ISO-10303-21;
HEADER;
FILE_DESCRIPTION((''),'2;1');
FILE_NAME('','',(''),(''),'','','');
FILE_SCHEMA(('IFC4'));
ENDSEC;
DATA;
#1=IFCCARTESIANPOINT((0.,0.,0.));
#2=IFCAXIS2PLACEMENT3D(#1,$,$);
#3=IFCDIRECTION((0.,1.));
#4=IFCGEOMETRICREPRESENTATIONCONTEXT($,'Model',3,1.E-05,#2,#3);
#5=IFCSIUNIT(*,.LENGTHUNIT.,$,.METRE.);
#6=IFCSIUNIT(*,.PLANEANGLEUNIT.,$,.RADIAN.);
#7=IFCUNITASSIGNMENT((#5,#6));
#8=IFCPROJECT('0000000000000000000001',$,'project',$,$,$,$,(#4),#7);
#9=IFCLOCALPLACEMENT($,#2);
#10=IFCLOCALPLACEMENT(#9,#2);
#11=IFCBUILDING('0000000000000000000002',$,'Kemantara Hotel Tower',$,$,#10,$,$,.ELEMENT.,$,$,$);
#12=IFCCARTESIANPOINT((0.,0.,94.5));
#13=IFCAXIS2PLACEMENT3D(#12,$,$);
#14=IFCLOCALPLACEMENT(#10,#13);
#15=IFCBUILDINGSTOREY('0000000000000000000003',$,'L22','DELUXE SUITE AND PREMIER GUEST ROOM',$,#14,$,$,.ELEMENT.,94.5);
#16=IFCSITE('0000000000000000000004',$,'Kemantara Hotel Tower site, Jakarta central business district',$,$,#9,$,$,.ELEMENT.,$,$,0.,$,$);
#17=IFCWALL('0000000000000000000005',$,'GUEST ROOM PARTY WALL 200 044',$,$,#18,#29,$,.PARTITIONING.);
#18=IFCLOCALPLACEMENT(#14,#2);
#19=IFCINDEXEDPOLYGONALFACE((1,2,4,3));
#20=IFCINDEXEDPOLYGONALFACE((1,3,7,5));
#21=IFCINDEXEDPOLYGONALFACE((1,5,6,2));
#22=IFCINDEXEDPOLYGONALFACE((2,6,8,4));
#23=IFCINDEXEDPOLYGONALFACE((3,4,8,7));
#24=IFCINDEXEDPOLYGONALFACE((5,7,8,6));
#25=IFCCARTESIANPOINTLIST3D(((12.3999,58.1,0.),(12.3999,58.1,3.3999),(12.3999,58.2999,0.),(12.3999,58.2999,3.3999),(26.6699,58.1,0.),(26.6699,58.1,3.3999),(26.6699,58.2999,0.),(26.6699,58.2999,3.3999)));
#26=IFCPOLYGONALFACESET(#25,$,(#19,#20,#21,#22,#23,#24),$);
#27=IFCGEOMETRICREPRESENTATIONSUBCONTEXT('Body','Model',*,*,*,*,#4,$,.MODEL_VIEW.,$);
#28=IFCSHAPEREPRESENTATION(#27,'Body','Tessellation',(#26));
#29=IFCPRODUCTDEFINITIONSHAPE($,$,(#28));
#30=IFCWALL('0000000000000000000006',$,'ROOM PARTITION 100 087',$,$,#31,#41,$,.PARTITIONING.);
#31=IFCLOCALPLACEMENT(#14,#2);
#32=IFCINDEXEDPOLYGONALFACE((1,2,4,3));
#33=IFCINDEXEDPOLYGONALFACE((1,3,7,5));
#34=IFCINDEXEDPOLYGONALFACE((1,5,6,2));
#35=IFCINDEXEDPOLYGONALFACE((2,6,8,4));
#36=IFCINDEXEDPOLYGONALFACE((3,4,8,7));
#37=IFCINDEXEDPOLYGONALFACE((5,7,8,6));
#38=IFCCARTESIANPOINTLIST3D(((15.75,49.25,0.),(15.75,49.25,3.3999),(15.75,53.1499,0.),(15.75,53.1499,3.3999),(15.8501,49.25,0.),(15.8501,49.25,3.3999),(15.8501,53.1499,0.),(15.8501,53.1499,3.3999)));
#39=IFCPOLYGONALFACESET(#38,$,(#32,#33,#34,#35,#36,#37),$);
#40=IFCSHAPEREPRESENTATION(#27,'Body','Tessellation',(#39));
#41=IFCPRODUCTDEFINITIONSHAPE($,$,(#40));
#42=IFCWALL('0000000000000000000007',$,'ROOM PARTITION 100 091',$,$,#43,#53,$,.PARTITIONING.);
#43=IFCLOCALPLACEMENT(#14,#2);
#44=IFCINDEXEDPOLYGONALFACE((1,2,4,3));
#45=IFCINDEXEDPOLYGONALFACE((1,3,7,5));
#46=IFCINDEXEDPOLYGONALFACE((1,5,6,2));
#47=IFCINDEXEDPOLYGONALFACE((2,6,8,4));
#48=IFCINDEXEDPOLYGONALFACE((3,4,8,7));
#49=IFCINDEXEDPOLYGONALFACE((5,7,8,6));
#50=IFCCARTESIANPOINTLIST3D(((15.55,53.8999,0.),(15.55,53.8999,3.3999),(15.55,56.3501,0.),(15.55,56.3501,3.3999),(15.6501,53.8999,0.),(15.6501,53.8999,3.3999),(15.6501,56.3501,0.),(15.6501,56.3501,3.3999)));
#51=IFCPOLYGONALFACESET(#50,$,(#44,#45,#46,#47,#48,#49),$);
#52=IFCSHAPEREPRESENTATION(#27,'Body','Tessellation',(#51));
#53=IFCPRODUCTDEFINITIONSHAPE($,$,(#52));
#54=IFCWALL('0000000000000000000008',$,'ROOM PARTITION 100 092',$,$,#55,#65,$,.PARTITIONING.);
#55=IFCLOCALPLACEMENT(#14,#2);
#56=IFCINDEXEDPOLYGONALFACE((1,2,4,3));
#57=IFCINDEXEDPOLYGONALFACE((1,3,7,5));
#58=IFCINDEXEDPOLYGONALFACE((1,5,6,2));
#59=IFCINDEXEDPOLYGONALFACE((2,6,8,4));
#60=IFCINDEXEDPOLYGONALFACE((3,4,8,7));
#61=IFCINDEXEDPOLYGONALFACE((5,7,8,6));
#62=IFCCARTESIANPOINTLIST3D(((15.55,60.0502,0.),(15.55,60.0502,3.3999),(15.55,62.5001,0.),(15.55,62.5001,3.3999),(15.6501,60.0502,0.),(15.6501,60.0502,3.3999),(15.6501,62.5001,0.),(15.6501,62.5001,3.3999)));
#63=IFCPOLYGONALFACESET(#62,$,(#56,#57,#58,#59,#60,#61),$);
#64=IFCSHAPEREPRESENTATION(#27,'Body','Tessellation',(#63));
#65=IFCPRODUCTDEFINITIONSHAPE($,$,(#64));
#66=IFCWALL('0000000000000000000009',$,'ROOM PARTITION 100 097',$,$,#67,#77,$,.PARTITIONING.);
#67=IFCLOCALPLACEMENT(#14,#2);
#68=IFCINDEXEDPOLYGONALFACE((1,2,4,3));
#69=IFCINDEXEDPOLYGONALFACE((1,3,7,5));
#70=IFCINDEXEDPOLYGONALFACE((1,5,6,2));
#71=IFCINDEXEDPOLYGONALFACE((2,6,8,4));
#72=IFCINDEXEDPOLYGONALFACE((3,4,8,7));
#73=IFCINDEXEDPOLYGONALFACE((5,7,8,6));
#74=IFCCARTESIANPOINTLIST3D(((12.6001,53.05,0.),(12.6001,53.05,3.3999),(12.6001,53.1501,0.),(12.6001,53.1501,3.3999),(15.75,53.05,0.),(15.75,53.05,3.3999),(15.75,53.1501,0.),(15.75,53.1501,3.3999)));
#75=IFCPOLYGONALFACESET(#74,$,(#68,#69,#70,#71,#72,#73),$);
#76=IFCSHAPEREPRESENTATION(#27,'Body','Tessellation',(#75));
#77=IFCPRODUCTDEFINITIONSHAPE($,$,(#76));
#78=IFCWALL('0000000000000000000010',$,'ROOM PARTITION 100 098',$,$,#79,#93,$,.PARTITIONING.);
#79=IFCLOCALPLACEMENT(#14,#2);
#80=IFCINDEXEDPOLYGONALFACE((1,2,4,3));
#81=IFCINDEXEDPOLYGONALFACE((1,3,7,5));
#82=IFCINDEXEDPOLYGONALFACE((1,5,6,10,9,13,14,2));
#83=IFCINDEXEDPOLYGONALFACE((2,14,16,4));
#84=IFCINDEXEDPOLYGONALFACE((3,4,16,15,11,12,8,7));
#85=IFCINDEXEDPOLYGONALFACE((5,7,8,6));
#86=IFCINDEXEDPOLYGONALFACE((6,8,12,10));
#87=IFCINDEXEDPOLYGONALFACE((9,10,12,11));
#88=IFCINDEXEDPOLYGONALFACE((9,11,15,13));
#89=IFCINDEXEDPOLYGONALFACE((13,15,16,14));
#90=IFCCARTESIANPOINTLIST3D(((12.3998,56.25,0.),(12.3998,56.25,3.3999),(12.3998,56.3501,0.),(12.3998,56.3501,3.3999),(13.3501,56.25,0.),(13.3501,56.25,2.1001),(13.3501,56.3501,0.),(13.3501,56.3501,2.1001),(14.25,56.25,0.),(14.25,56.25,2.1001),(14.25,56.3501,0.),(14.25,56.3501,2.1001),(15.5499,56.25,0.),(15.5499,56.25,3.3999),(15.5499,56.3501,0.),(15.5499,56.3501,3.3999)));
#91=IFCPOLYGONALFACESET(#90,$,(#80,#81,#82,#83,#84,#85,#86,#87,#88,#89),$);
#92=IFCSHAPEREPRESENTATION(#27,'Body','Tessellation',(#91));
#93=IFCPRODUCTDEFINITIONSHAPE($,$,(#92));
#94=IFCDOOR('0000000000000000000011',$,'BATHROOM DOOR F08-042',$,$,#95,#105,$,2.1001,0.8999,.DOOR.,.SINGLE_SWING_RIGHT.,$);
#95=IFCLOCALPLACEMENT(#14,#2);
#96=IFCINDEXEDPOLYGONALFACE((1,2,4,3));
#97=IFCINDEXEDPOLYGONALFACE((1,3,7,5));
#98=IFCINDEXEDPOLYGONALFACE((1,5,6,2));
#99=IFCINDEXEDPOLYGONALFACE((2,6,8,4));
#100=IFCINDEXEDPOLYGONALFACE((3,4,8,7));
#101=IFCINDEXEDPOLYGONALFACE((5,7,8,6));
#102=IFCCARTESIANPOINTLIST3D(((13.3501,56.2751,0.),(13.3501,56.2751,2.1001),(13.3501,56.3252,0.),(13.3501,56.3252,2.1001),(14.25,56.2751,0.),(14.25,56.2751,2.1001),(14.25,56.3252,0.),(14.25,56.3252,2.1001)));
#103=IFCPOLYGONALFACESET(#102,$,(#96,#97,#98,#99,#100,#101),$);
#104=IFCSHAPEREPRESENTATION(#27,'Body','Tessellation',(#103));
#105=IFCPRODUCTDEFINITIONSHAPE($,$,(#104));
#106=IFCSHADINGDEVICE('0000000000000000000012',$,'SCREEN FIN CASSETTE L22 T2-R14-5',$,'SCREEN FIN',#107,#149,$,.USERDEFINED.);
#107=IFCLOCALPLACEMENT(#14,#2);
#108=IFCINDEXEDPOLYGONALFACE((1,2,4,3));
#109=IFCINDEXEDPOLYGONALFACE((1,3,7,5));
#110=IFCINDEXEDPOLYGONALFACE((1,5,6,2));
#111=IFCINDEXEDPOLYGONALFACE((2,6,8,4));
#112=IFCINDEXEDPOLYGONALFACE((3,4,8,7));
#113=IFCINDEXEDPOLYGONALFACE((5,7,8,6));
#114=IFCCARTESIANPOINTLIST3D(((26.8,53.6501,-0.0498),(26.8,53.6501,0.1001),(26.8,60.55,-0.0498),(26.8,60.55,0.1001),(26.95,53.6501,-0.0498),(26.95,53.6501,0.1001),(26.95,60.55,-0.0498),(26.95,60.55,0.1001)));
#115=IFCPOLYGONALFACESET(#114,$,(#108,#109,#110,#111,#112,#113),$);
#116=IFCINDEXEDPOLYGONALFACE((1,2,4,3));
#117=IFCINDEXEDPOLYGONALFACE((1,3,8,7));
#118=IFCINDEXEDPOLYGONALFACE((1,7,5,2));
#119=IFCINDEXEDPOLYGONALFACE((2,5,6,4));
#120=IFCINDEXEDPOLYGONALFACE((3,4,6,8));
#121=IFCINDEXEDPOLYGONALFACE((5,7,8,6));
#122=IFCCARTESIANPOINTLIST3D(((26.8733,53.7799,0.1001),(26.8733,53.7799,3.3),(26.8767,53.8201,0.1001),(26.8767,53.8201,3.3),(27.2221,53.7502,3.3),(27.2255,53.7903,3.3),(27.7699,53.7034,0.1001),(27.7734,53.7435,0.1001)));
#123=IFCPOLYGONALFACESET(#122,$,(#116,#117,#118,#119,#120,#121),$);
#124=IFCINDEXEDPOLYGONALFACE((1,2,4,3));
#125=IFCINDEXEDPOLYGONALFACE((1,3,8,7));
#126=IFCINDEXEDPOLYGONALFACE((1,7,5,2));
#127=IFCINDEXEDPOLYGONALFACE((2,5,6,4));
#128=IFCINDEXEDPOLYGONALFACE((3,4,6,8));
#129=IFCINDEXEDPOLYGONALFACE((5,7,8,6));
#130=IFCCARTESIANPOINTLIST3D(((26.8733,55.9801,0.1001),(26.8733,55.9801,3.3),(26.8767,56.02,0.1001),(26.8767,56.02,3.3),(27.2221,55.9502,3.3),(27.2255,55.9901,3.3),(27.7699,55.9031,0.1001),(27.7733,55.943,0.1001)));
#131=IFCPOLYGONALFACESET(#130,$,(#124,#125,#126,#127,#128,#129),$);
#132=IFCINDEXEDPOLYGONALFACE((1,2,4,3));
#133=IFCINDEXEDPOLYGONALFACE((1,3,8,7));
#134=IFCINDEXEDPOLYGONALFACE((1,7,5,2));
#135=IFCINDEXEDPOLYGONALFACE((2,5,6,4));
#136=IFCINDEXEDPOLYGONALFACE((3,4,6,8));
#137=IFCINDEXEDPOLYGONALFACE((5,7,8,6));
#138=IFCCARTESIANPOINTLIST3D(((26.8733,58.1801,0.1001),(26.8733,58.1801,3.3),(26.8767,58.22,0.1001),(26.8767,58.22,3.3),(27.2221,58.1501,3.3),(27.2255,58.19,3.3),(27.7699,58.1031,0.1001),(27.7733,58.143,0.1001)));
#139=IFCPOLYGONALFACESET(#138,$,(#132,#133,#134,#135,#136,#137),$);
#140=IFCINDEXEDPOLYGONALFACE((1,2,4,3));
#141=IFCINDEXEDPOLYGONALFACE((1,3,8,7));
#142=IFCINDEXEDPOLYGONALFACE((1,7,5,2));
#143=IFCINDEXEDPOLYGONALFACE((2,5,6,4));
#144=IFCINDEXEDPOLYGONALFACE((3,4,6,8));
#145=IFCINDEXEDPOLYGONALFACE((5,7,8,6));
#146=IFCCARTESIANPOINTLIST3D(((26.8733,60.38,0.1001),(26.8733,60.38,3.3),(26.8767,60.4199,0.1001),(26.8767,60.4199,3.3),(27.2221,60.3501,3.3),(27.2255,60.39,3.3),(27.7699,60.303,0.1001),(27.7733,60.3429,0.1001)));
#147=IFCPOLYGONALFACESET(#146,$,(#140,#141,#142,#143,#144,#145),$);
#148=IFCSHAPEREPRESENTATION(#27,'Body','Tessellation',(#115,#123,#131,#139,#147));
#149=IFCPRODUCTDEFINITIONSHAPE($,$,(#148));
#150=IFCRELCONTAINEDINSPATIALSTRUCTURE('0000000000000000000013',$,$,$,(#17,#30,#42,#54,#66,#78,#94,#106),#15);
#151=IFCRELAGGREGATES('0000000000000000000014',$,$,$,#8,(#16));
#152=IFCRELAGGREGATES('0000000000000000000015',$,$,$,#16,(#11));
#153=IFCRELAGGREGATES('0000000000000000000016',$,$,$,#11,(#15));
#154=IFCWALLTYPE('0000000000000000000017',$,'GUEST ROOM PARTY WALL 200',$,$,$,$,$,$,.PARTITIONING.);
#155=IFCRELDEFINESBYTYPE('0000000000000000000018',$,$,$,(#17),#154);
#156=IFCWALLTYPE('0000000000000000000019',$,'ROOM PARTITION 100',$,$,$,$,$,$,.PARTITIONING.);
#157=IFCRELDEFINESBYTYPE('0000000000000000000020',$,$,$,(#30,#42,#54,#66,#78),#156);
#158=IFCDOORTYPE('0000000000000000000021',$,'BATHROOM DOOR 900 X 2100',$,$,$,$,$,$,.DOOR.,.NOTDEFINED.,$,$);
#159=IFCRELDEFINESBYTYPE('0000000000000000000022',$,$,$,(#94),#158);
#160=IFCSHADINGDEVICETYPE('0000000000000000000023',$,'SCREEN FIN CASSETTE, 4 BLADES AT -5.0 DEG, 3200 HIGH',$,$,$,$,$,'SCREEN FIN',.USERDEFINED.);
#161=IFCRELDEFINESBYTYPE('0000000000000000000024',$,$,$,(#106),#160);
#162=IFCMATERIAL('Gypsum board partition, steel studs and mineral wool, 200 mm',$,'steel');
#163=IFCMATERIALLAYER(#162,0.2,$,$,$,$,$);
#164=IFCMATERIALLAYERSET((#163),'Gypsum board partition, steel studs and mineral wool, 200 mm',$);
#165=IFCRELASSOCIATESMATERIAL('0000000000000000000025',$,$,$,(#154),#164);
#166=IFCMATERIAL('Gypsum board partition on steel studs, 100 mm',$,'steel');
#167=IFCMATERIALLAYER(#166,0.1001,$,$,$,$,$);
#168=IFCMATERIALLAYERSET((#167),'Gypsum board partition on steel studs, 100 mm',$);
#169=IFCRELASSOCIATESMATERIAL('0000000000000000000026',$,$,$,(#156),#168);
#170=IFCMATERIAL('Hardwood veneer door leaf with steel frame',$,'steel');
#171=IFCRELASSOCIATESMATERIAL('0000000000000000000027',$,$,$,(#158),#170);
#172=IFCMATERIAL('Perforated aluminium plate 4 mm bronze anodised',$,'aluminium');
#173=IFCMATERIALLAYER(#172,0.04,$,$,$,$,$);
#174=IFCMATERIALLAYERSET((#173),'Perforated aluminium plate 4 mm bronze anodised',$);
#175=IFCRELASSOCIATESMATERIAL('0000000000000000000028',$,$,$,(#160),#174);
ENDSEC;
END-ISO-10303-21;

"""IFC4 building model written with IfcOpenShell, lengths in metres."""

from ifc_helpers import new_model, si_unit, direction, frame, frame_2d, origin, origin_2d, place, context, subcontext, project, spatial, polyline, rectangle, outline, extrude, source, transform, mapped, material, layer, layer_set, type_object, element, fill, save


model = new_model("IFC4")

# Units and contexts
model_context = context("Model", 3, precision=1e-05, world=origin(), true_north=direction((0.0, 1.0)))
body_context = subcontext(model_context, "Body", "Model", "MODEL_VIEW")
ifc_project = project(units=[si_unit("LENGTHUNIT", "METRE"), si_unit("PLANEANGLEUNIT", "RADIAN")], contexts=[model_context])

# Site, building, storey
site_placement = place(None, origin())
site = spatial("IfcSite", under=ifc_project, at=site_placement, Name="Kemantara Hotel Tower site, Jakarta central business district", CompositionType="ELEMENT", RefElevation=0.0)
building_placement = place(site_placement, origin())
building = spatial("IfcBuilding", under=site, at=building_placement, Name="Kemantara Hotel Tower", CompositionType="ELEMENT")
storey_placement = place(building_placement, frame((0.0, 0.0, 94.5)))
storey = spatial("IfcBuildingStorey", under=building, at=storey_placement, Name="L22", Description="DELUXE SUITE AND PREMIER GUEST ROOM", CompositionType="ELEMENT", Elevation=94.5)

# Walls
ifc_material_1 = material(Name="Gypsum board partition, steel studs and mineral wool, 200 mm", Category="steel")
ifc_layer_1 = layer(ifc_material_1, 0.2)
ifc_layer_set_1 = layer_set([ifc_layer_1], Name="Gypsum board partition, steel studs and mineral wool, 200 mm")
wall_type_1 = type_object("IfcWallType", Name="GUEST ROOM PARTY WALL 200", PredefinedType="PARTITIONING", material=ifc_layer_set_1)
wall_1_placement = place(storey_placement, frame((12.3999, 58.2, 0.0), z_axis=(0.0, 0.0, 1.0), x_axis=(1.0, 0.0, 0.0)))
element("IfcWall", 1, at=wall_1_placement, inside=storey, type_object=wall_type_1, Name="GUEST ROOM PARTY WALL 200 044", PredefinedType="PARTITIONING", context=body_context, shape_type="SweptSolid", body=[
    extrude(rectangle(XDim=14.27, YDim=0.2, at=frame_2d((7.135, 0.0))), origin(), (0.0, 0.0, 1.0), 3.3999),
])
ifc_material_2 = material(Name="Gypsum board partition on steel studs, 100 mm", Category="steel")
ifc_layer_2 = layer(ifc_material_2, 0.1001)
ifc_layer_set_2 = layer_set([ifc_layer_2], Name="Gypsum board partition on steel studs, 100 mm")
wall_type_2 = type_object("IfcWallType", Name="ROOM PARTITION 100", PredefinedType="PARTITIONING", material=ifc_layer_set_2)
wall_2_placement = place(storey_placement, frame((15.8, 49.25, 0.0), z_axis=(0.0, 0.0, 1.0), x_axis=(0.0, 1.0, 0.0)))
element("IfcWall", 2, at=wall_2_placement, inside=storey, type_object=wall_type_2, Name="ROOM PARTITION 100 087", PredefinedType="PARTITIONING", context=body_context, shape_type="SweptSolid", body=[
    extrude(rectangle(XDim=3.8999, YDim=0.1001, at=frame_2d((1.95, 0.0))), origin(), (0.0, 0.0, 1.0), 3.3999),
])
wall_3_placement = place(storey_placement, frame((15.6001, 53.8999, 0.0), z_axis=(0.0, 0.0, 1.0), x_axis=(0.0, 1.0, 0.0)))
element("IfcWall", 3, at=wall_3_placement, inside=storey, type_object=wall_type_2, Name="ROOM PARTITION 100 091", PredefinedType="PARTITIONING", context=body_context, shape_type="SweptSolid", body=[
    extrude(rectangle(XDim=2.4502, YDim=0.1001, at=frame_2d((1.2251, 0.0))), origin(), (0.0, 0.0, 1.0), 3.3999),
])
wall_4_placement = place(storey_placement, frame((15.6001, 60.05, 0.0), z_axis=(0.0, 0.0, 1.0), x_axis=(0.0, 1.0, 0.0)))
element("IfcWall", 4, at=wall_4_placement, inside=storey, type_object=wall_type_2, Name="ROOM PARTITION 100 092", PredefinedType="PARTITIONING", context=body_context, shape_type="SweptSolid", body=[
    extrude(rectangle(XDim=2.45, YDim=0.1001, at=frame_2d((1.2251, 0.0))), origin(), (0.0, 0.0, 1.0), 3.3999),
])
wall_5_placement = place(storey_placement, frame((12.6001, 53.1001, 0.0), z_axis=(0.0, 0.0, 1.0), x_axis=(1.0, 0.0, 0.0)))
element("IfcWall", 5, at=wall_5_placement, inside=storey, type_object=wall_type_2, Name="ROOM PARTITION 100 097", PredefinedType="PARTITIONING", context=body_context, shape_type="SweptSolid", body=[
    extrude(rectangle(XDim=3.1499, YDim=0.1001, at=frame_2d((1.575, 0.0))), origin(), (0.0, 0.0, 1.0), 3.3999),
])

# Wall, opening, door
wall_6_placement = place(storey_placement, frame((15.55, 56.3, 0.0), z_axis=(0.0, 0.0, 1.0), x_axis=(-1.0, 0.0, 0.0)))
wall_6 = element("IfcWall", 6, at=wall_6_placement, inside=storey, type_object=wall_type_2, Name="ROOM PARTITION 100 098", PredefinedType="PARTITIONING", context=body_context, shape_type="SweptSolid", body=[
    extrude(rectangle(XDim=3.1501, YDim=0.1001, at=frame_2d((1.5752, 0.0))), origin(), (0.0, 0.0, 1.0), 3.3999),
])
opening_placement = place(wall_6_placement, frame((1.3, 0.0, 0.0)))
opening = element("IfcOpeningElement", 7, at=opening_placement, cuts=wall_6, PredefinedType="OPENING", context=body_context, shape_type="SweptSolid", body=[
    extrude(rectangle(XDim=0.8999, YDim=2.1001, at=frame_2d((0.45, 1.05))), frame((0.0, 0.0601, 0.0), z_axis=(0.0, -1.0, 0.0), x_axis=(1.0, 0.0, 0.0)), (0.0, 0.0, 1.0), 0.1201),
])
ifc_material_3 = material(Name="Hardwood veneer door leaf with steel frame", Category="steel")
door_type = type_object("IfcDoorType", Name="BATHROOM DOOR 900 X 2100", OperationType="NOTDEFINED", PredefinedType="DOOR", material=ifc_material_3)
door_placement = place(opening_placement, origin())
door = element("IfcDoor", 8, at=door_placement, inside=storey, type_object=door_type, Name="BATHROOM DOOR F08-042", OperationType="SINGLE_SWING_RIGHT", OverallHeight=2.1001, OverallWidth=0.8999, PredefinedType="DOOR", context=body_context, shape_type="SweptSolid", body=[
    extrude(rectangle(XDim=0.8999, YDim=2.1001, at=frame_2d((0.45, 1.05))), frame((0.0, 0.0249, 0.0), z_axis=(0.0, -1.0, 0.0), x_axis=(1.0, 0.0, 0.0)), (0.0, 0.0, 1.0), 0.05),
])
fill(opening, door)

# Shading device
ifc_material_4 = material(Name="Perforated aluminium plate 4 mm bronze anodised", Category="aluminium")
ifc_layer_3 = layer(ifc_material_4, 0.04)
ifc_layer_set_3 = layer_set([ifc_layer_3], Name="Perforated aluminium plate 4 mm bronze anodised")
shading_device_type_1 = type_object("IfcShadingDeviceType", Name="SCREEN FIN CASSETTE, 4 BLADES AT -5.0 DEG, 3200 HIGH", ElementType="SCREEN FIN", PredefinedType="USERDEFINED", material=ifc_layer_set_3)
shared_shape_1 = source(origin(), body_context, "Body", "SweptSolid", [
    extrude(rectangle(XDim=6.8999, YDim=0.1499, at=origin_2d()), frame((3.3, -0.075, -0.1499), z_axis=(0.0, 0.0, 1.0), x_axis=(1.0, 0.0, 0.0)), (0.0, 0.0, 1.0), 0.1499),
    extrude(outline(polyline([(0.0, 0.0), (0.8999, 0.0), (0.3501, 3.2), (0.0, 3.2), (0.0, 0.0)])), frame((0.02, -0.0767, 0.0), z_axis=(-0.996376, 0.085056, 0.0), x_axis=(-0.085056, -0.996376, 0.0)), (0.0, 0.0, 1.0), 0.0403),
    extrude(outline(polyline([(0.0, 0.0), (0.8999, 0.0), (0.3501, 3.2), (0.0, 3.2), (0.0, 0.0)])), frame((2.22, -0.0767, 0.0), z_axis=(-0.996332, 0.085575, 0.0), x_axis=(-0.085575, -0.996332, 0.0)), (0.0, 0.0, 1.0), 0.04),
    extrude(outline(polyline([(0.0, 0.0), (0.8999, 0.0), (0.3501, 3.2), (0.0, 3.2), (0.0, 0.0)])), frame((4.4199, -0.0767, 0.0), z_axis=(-0.996332, 0.085575, 0.0), x_axis=(-0.085575, -0.996332, 0.0)), (0.0, 0.0, 1.0), 0.04),
    extrude(outline(polyline([(0.0, 0.0), (0.8999, 0.0), (0.3501, 3.2), (0.0, 3.2), (0.0, 0.0)])), frame((6.6199, -0.0767, 0.0), z_axis=(-0.996332, 0.085575, 0.0), x_axis=(-0.085575, -0.996332, 0.0)), (0.0, 0.0, 1.0), 0.04),
])
shading_device_1_placement = place(storey_placement, frame((26.8, 53.8, 0.1001), z_axis=(0.0, 0.0, 1.0), x_axis=(0.0, 1.0, 0.0)))
element("IfcShadingDevice", 9, at=shading_device_1_placement, inside=storey, type_object=shading_device_type_1, Name="SCREEN FIN CASSETTE L22 T2-R14-5", ObjectType="SCREEN FIN", PredefinedType="USERDEFINED", context=body_context, shape_type="MappedRepresentation", body=[
    mapped(shared_shape_1, transform((0.0, 0.0, 0.0))),
])

save(model, "model.ifc")
